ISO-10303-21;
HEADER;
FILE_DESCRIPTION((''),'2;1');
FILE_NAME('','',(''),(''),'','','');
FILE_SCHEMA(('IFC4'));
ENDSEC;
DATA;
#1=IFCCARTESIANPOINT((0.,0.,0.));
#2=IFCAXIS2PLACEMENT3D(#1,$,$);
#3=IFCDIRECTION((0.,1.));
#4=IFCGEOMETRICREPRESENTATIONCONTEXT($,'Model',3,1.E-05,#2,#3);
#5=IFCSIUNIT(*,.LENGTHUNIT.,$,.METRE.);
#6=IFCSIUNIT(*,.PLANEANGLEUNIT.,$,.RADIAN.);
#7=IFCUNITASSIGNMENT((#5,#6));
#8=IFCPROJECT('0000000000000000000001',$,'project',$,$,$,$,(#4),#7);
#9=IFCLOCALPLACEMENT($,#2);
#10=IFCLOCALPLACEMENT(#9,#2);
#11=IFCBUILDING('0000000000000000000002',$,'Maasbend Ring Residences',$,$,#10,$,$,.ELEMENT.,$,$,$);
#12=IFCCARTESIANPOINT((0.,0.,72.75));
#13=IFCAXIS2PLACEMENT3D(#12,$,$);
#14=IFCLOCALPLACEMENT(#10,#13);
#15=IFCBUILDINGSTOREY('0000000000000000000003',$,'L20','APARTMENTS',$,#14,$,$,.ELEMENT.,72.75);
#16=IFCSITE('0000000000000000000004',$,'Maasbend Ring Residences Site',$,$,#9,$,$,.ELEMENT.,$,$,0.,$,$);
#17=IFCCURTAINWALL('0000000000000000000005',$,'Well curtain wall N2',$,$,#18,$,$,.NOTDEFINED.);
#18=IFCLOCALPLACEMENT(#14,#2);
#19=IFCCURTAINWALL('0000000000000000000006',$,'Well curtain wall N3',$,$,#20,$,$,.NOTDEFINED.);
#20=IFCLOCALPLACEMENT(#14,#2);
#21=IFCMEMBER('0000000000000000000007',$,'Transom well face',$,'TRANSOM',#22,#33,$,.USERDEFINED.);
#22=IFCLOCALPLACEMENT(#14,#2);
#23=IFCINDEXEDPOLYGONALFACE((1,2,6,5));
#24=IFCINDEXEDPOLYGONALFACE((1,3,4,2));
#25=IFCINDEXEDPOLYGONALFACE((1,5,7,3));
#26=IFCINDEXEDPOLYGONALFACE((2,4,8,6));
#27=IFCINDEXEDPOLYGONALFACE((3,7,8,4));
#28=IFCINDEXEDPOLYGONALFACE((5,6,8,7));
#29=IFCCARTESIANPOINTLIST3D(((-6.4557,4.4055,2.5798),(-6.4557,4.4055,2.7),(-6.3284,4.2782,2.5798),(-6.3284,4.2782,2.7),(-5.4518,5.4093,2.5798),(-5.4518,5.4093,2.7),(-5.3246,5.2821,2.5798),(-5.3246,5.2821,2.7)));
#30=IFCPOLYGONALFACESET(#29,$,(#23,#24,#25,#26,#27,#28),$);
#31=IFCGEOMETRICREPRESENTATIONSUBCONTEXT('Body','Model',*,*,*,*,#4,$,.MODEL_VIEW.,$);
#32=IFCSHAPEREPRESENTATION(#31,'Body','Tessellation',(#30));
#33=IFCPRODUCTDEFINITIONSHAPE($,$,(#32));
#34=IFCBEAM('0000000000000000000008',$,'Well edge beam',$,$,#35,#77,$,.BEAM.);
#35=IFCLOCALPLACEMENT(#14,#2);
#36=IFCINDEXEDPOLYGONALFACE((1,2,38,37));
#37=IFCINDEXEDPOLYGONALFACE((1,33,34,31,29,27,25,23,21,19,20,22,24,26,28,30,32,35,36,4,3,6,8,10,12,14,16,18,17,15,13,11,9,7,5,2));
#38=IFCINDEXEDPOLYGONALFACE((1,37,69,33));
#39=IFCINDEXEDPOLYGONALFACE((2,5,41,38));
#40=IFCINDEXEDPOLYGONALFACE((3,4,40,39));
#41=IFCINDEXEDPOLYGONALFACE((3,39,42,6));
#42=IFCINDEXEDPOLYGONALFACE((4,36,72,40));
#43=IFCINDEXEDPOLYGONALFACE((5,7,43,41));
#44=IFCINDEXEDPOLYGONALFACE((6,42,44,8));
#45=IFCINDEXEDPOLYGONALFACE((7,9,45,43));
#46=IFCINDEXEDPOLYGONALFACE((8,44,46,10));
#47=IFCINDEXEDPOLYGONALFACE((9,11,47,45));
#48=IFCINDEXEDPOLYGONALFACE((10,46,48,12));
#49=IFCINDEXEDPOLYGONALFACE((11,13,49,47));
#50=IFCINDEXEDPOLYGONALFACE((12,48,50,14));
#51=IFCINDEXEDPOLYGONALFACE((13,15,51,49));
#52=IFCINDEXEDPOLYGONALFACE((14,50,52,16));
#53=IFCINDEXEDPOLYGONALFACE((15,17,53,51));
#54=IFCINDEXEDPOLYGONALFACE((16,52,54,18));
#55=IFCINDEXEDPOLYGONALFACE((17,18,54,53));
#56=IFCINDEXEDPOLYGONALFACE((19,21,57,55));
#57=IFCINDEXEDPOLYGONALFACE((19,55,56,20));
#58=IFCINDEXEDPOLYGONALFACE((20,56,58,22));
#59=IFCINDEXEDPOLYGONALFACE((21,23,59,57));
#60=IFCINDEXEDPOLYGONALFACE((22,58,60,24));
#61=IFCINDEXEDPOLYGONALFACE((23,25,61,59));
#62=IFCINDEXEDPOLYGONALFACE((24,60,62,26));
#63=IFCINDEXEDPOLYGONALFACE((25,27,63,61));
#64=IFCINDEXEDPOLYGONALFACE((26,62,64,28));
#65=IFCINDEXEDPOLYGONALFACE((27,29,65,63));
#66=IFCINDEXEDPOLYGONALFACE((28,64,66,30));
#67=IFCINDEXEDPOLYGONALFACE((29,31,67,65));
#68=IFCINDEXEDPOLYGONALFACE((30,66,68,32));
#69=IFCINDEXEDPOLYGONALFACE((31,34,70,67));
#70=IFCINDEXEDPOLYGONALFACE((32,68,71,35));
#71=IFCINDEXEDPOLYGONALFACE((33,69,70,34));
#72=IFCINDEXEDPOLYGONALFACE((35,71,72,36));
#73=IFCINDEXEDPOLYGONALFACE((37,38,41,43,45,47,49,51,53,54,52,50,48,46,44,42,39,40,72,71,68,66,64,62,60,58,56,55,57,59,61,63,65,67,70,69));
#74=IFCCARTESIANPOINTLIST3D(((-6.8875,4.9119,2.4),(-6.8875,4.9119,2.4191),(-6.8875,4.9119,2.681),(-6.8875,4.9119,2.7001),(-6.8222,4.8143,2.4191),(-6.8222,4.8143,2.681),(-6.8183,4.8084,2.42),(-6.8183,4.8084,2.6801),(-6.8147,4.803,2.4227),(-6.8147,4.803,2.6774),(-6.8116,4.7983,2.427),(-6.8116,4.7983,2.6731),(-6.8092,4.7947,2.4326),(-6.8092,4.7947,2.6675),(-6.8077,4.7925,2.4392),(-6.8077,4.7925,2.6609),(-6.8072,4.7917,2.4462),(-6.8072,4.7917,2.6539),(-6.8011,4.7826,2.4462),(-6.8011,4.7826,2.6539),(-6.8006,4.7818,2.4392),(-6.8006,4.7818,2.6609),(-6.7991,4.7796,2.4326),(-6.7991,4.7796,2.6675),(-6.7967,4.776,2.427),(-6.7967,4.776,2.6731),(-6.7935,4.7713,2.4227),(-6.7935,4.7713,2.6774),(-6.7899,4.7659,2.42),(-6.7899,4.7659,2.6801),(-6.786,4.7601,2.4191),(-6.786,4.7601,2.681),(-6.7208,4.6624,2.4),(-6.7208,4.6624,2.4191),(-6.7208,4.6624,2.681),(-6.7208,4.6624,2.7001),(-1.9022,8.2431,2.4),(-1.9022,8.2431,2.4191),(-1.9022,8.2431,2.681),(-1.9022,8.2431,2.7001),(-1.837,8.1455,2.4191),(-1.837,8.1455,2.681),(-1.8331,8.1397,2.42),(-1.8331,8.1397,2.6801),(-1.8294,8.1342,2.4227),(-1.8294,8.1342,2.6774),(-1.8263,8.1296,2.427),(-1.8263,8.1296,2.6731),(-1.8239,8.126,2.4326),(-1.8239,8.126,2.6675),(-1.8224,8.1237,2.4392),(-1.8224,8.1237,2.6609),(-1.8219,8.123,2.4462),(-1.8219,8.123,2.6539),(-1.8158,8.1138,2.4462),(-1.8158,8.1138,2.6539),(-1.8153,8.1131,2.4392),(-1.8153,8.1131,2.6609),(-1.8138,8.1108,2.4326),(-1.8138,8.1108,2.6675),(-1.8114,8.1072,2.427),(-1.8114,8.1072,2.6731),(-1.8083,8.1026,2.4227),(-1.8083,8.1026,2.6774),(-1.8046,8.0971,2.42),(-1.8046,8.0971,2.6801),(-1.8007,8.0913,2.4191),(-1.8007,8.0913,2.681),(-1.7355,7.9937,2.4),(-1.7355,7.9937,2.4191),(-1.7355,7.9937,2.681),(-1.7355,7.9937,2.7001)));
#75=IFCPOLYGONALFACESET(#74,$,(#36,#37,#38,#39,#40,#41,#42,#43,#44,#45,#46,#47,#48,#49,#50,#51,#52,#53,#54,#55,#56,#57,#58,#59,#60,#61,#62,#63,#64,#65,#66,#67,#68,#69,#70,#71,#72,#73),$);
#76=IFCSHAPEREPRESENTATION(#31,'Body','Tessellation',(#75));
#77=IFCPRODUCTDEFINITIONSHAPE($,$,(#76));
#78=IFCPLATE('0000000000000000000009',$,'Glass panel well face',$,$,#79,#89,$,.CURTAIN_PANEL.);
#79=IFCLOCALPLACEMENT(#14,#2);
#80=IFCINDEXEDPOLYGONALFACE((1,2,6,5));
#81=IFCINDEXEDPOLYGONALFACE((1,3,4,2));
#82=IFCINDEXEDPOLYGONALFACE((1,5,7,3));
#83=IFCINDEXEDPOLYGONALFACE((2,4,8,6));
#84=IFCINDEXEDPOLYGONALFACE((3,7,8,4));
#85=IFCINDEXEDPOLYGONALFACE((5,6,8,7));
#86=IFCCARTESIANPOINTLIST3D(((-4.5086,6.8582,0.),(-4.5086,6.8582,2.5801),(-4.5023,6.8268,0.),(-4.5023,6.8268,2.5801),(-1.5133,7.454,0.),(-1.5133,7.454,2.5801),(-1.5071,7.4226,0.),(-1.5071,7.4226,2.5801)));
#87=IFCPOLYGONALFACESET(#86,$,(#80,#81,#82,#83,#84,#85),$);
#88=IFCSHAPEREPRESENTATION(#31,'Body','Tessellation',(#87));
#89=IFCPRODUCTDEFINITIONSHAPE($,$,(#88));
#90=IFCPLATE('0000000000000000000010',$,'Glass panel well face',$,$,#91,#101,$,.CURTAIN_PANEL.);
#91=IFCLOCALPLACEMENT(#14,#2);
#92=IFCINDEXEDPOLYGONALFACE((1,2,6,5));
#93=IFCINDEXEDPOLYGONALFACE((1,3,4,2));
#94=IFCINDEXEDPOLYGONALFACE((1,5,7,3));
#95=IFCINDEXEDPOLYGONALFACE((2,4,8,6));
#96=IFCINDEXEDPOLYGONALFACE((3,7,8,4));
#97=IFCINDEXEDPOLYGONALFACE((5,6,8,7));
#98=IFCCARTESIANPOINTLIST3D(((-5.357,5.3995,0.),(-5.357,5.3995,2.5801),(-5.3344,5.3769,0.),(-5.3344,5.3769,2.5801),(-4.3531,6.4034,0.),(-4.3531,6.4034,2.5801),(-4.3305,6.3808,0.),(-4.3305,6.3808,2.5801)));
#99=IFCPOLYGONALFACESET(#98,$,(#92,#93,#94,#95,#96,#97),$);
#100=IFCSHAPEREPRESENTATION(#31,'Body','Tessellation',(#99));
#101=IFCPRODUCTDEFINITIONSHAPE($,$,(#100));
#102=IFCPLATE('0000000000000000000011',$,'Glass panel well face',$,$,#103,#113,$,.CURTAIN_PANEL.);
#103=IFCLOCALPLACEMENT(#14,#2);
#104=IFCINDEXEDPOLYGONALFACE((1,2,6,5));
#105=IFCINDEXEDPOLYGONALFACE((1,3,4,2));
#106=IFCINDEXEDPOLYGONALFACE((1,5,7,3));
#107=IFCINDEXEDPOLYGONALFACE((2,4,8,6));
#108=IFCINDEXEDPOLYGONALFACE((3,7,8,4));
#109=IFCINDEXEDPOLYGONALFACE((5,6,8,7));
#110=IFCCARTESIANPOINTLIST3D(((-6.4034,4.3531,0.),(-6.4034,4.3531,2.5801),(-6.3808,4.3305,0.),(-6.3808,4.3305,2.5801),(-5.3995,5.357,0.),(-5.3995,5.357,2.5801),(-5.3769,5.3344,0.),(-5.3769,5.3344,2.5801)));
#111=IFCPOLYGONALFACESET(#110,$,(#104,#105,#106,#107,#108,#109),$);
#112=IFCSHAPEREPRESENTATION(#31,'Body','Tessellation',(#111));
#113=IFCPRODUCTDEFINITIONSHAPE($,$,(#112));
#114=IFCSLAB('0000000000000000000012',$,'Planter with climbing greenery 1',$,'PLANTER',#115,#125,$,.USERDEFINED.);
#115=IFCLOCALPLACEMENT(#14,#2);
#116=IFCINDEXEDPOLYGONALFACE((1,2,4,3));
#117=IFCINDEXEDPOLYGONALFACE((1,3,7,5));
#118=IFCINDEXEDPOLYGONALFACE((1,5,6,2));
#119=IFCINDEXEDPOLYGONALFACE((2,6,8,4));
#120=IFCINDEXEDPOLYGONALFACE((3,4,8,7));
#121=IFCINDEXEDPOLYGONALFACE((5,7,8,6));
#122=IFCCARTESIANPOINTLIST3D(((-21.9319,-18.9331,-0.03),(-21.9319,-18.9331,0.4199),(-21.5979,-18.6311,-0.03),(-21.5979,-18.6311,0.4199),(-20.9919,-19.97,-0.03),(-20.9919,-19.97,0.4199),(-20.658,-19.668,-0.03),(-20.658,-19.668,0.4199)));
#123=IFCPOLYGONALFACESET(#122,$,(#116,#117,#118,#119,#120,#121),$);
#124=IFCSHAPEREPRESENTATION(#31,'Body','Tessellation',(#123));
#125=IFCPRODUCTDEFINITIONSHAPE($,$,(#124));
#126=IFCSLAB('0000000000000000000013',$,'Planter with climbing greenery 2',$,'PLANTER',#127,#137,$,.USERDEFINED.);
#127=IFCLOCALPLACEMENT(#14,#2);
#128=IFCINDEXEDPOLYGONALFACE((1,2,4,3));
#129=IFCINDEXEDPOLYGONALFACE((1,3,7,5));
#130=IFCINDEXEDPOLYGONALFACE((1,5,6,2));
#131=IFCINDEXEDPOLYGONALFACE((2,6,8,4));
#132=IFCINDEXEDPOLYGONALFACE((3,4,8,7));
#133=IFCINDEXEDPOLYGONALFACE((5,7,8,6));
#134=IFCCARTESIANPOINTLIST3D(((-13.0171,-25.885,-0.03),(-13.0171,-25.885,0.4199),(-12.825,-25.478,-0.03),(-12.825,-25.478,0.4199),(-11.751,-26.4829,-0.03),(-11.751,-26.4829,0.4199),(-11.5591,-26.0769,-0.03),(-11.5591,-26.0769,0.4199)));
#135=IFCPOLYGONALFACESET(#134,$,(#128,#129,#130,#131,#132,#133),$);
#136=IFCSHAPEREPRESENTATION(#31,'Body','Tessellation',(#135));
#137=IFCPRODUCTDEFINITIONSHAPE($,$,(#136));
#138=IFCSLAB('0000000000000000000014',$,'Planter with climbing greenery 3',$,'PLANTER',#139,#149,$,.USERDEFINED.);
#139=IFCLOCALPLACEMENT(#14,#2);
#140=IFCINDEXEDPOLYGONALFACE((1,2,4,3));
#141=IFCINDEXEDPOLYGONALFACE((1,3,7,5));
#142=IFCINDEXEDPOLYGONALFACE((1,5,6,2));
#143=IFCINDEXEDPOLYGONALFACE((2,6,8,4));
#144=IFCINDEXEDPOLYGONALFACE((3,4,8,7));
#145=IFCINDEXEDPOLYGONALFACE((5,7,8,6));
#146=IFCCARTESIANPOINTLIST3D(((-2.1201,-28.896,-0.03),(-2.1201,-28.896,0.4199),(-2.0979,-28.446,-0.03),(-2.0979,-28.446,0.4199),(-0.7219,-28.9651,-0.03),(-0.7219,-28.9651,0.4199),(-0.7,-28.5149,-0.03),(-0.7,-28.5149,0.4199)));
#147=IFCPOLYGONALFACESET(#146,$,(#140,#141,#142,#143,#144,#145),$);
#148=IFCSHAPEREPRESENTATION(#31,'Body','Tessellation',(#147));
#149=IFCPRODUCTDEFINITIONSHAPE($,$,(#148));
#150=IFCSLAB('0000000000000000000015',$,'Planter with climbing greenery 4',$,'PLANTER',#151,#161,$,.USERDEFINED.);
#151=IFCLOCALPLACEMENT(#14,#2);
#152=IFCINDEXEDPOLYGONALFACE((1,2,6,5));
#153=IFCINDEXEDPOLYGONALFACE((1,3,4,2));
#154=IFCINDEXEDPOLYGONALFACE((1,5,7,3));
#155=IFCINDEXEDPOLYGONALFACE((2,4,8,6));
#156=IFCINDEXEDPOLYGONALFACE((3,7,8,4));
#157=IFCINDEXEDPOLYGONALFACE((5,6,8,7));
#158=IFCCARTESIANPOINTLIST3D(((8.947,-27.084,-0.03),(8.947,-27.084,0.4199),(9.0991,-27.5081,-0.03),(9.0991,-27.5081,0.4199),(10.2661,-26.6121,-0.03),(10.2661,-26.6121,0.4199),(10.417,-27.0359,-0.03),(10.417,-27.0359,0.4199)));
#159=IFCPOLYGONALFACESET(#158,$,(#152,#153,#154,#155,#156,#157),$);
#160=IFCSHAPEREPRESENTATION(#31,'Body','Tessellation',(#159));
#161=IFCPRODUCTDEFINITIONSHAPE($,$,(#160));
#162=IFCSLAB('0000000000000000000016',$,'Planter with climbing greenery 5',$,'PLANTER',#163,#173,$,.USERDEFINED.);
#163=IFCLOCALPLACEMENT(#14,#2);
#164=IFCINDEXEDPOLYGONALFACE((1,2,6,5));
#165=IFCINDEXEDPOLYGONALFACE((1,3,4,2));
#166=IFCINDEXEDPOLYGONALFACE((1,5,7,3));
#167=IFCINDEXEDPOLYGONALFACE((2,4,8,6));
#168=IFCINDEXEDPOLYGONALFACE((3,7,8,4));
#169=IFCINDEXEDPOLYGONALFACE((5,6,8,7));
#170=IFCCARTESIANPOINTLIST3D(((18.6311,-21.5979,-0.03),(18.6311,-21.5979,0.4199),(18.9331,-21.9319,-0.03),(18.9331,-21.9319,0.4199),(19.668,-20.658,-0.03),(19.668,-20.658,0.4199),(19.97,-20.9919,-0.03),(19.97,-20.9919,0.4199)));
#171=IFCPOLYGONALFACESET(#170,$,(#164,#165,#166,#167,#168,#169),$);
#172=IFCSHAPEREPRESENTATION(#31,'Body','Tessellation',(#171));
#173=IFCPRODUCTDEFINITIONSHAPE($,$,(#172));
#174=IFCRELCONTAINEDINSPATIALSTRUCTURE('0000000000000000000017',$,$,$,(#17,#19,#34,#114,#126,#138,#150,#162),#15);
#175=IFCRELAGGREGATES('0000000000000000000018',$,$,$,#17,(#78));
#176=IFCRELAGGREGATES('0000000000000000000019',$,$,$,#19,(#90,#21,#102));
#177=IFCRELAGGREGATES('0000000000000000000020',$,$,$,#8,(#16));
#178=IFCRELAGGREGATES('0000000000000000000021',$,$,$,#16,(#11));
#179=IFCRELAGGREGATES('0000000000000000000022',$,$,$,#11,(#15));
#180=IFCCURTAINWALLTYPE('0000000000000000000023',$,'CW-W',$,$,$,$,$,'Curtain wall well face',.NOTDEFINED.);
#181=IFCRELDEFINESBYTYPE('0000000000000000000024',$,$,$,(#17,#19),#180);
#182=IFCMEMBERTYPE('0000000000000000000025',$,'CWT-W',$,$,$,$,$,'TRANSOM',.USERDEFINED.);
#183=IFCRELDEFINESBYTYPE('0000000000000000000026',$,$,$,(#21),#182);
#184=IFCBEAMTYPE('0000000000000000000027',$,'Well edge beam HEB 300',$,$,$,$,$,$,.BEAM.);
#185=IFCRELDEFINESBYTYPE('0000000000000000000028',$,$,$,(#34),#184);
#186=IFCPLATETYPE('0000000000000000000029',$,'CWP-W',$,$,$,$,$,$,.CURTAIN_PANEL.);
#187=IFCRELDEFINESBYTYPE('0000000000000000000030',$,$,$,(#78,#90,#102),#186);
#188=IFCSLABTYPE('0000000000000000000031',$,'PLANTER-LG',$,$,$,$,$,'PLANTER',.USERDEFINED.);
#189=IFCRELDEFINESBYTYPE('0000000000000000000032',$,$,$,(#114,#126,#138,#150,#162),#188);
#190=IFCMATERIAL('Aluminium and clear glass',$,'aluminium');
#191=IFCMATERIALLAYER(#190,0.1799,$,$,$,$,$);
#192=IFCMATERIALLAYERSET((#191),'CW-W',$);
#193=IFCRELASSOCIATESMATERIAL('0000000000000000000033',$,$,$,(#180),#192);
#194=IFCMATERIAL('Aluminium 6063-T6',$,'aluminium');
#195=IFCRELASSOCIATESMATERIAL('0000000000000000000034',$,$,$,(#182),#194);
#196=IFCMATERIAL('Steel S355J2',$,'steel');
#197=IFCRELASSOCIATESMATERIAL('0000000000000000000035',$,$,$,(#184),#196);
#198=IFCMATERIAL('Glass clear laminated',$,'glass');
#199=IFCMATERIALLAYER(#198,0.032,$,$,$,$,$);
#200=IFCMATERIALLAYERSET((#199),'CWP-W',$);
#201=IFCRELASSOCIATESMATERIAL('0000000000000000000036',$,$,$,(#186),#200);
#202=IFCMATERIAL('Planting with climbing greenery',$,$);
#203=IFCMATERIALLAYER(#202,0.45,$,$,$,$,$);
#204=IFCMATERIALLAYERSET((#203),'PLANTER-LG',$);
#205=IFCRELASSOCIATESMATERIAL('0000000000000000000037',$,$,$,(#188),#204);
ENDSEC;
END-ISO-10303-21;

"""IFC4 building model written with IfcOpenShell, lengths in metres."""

from ifc_helpers import new_model, si_unit, direction, frame, origin, origin_2d, place, context, subcontext, project, spatial, polyline, rectangle, i_section, outline, extrude, material, layer, layer_set, material_profile, profile_set, type_object, element, aggregate, save


model = new_model("IFC4")

# Units and contexts
model_context = context("Model", 3, precision=1e-05, world=origin(), true_north=direction((0.0, 1.0)))
body_context = subcontext(model_context, "Body", "Model", "MODEL_VIEW")
ifc_project = project(units=[si_unit("LENGTHUNIT", "METRE"), si_unit("PLANEANGLEUNIT", "RADIAN")], contexts=[model_context])

# Site, building, storey
site_placement = place(None, origin())
site = spatial("IfcSite", under=ifc_project, at=site_placement, Name="Maasbend Ring Residences Site", CompositionType="ELEMENT", RefElevation=0.0)
building_placement = place(site_placement, origin())
building = spatial("IfcBuilding", under=site, at=building_placement, Name="Maasbend Ring Residences", CompositionType="ELEMENT")
storey_placement = place(building_placement, frame((0.0, 0.0, 72.75)))
storey = spatial("IfcBuildingStorey", under=building, at=storey_placement, Name="L20", Description="APARTMENTS", CompositionType="ELEMENT", Elevation=72.75)

# Curtain walls
ifc_material_1 = material(Name="Aluminium and clear glass", Category="aluminium")
ifc_layer_1 = layer(ifc_material_1, 0.1799)
ifc_layer_set_1 = layer_set([ifc_layer_1], Name="CW-W")
curtain_wall_type = type_object("IfcCurtainWallType", Name="CW-W", ElementType="Curtain wall well face", PredefinedType="NOTDEFINED", material=ifc_layer_set_1)
curtain_wall_1_placement = place(storey_placement, origin())
curtain_wall_1 = element("IfcCurtainWall", 1, at=curtain_wall_1_placement, inside=storey, type_object=curtain_wall_type, Name="Well curtain wall N2", PredefinedType="NOTDEFINED")
curtain_wall_2_placement = place(storey_placement, origin())
curtain_wall_2 = element("IfcCurtainWall", 2, at=curtain_wall_2_placement, inside=storey, type_object=curtain_wall_type, Name="Well curtain wall N3", PredefinedType="NOTDEFINED")

# Member
ifc_material_2 = material(Name="Aluminium 6063-T6", Category="aluminium")
ifc_material_profile_1 = material_profile(ifc_material_2, rectangle(XDim=0.1799, YDim=0.1201, at=origin_2d()), Name="AL 180x120")
ifc_profile_set_1 = profile_set([ifc_material_profile_1], Name="Aluminium 6063-T6")
member_type_1 = type_object("IfcMemberType", Name="CWT-W", ElementType="TRANSOM", PredefinedType="USERDEFINED", material=ifc_profile_set_1)
member_1_placement = place(storey_placement, frame((-5.3882, 5.3457, 2.6399), z_axis=(-0.707107, -0.707107, 0.0), x_axis=(0.707107, -0.707107, 0.0)))
member_1 = element("IfcMember", 3, at=member_1_placement, type_object=member_type_1, Name="Transom well face", ObjectType="TRANSOM", PredefinedType="USERDEFINED", context=body_context, shape_type="SweptSolid", body=[
    extrude(rectangle(XDim=0.1799, YDim=0.1201, at=origin_2d()), origin(), (0.0, 0.0, 1.0), 1.4197),
])

# Beam
ifc_material_3 = material(Name="Steel S355J2", Category="steel")
ifc_material_profile_2 = material_profile(ifc_material_3, i_section(OverallWidth=0.3, OverallDepth=0.3, WebThickness=0.011, FlangeThickness=0.019, FilletRadius=0.0271, at=origin_2d()), Name="HEB 300")
ifc_profile_set_2 = profile_set([ifc_material_profile_2], Name="Steel S355J2")
beam_type = type_object("IfcBeamType", Name="Well edge beam HEB 300", PredefinedType="BEAM", material=ifc_profile_set_2)
beam_placement = place(storey_placement, frame((-1.8188, 8.1184, 2.55), z_axis=(-0.831455, -0.555593, 0.0), x_axis=(0.555593, -0.831455, 0.0)))
element("IfcBeam", 4, at=beam_placement, inside=storey, type_object=beam_type, Name="Well edge beam", PredefinedType="BEAM", context=body_context, shape_type="SweptSolid", body=[
    extrude(i_section(OverallWidth=0.3, OverallDepth=0.3, WebThickness=0.011, FlangeThickness=0.019, FilletRadius=0.0271, at=origin_2d()), origin(), (0.0, 0.0, 1.0), 5.9958),
])

# Plates
ifc_material_4 = material(Name="Glass clear laminated", Category="glass")
ifc_layer_2 = layer(ifc_material_4, 0.032)
ifc_layer_set_2 = layer_set([ifc_layer_2], Name="CWP-W")
plate_type = type_object("IfcPlateType", Name="CWP-W", PredefinedType="CURTAIN_PANEL", material=ifc_layer_set_2)
plate_1_placement = place(storey_placement, frame((-3.0078, 7.1404, 0.0), z_axis=(0.0, 0.0, 1.0), x_axis=(-0.980785, -0.19509, 0.0)))
plate_1 = element("IfcPlate", 5, at=plate_1_placement, type_object=plate_type, Name="Glass panel well face", PredefinedType="CURTAIN_PANEL", context=body_context, shape_type="SweptSolid", body=[
    extrude(rectangle(XDim=3.054, YDim=0.032, at=origin_2d()), origin(), (0.0, 0.0, 1.0), 2.5801),
])
aggregate(curtain_wall_1, [plate_1])
plate_2_placement = place(storey_placement, frame((-4.8438, 5.8901, 0.0), z_axis=(0.0, 0.0, 1.0), x_axis=(-0.707107, -0.707107, 0.0)))
plate_2 = element("IfcPlate", 6, at=plate_2_placement, type_object=plate_type, Name="Glass panel well face", PredefinedType="CURTAIN_PANEL", context=body_context, shape_type="SweptSolid", body=[
    extrude(rectangle(XDim=1.4197, YDim=0.032, at=origin_2d()), origin(), (0.0, 0.0, 1.0), 2.5801),
])
plate_3_placement = place(storey_placement, frame((-5.8901, 4.8438, 0.0), z_axis=(0.0, 0.0, 1.0), x_axis=(-0.707107, -0.707107, 0.0)))
plate_3 = element("IfcPlate", 7, at=plate_3_placement, type_object=plate_type, Name="Glass panel well face", PredefinedType="CURTAIN_PANEL", context=body_context, shape_type="SweptSolid", body=[
    extrude(rectangle(XDim=1.4197, YDim=0.032, at=origin_2d()), origin(), (0.0, 0.0, 1.0), 2.5801),
])
aggregate(curtain_wall_2, [plate_2, member_1, plate_3])

# Slabs
ifc_material_5 = material(Name="Planting with climbing greenery")
ifc_layer_3 = layer(ifc_material_5, 0.45)
ifc_layer_set_3 = layer_set([ifc_layer_3], Name="PLANTER-LG")
slab_type_1 = type_object("IfcSlabType", Name="PLANTER-LG", ElementType="PLANTER", PredefinedType="USERDEFINED", material=ifc_layer_set_3)
slab_1_placement = place(storey_placement, frame((0.0, 0.0, -0.03)))
element("IfcSlab", 8, at=slab_1_placement, inside=storey, type_object=slab_type_1, Name="Planter with climbing greenery 1", ObjectType="PLANTER", PredefinedType="USERDEFINED", context=body_context, shape_type="SweptSolid", body=[
    extrude(outline(polyline([(-21.9319, -18.9331), (-20.9919, -19.97), (-20.658, -19.668), (-21.5979, -18.6311), (-21.9319, -18.9331)])), origin(), (0.0, 0.0, 1.0), 0.45),
])
slab_2_placement = place(storey_placement, frame((0.0, 0.0, -0.03)))
element("IfcSlab", 9, at=slab_2_placement, inside=storey, type_object=slab_type_1, Name="Planter with climbing greenery 2", ObjectType="PLANTER", PredefinedType="USERDEFINED", context=body_context, shape_type="SweptSolid", body=[
    extrude(outline(polyline([(-13.0171, -25.885), (-11.751, -26.4829), (-11.5591, -26.0769), (-12.825, -25.478), (-13.0171, -25.885)])), origin(), (0.0, 0.0, 1.0), 0.45),
])
slab_3_placement = place(storey_placement, frame((0.0, 0.0, -0.03)))
element("IfcSlab", 10, at=slab_3_placement, inside=storey, type_object=slab_type_1, Name="Planter with climbing greenery 3", ObjectType="PLANTER", PredefinedType="USERDEFINED", context=body_context, shape_type="SweptSolid", body=[
    extrude(outline(polyline([(-2.1201, -28.896), (-0.7219, -28.9651), (-0.7, -28.5149), (-2.0979, -28.446), (-2.1201, -28.896)])), origin(), (0.0, 0.0, 1.0), 0.45),
])
slab_4_placement = place(storey_placement, frame((0.0, 0.0, -0.03)))
element("IfcSlab", 11, at=slab_4_placement, inside=storey, type_object=slab_type_1, Name="Planter with climbing greenery 4", ObjectType="PLANTER", PredefinedType="USERDEFINED", context=body_context, shape_type="SweptSolid", body=[
    extrude(outline(polyline([(9.0991, -27.5081), (10.417, -27.0359), (10.2661, -26.6121), (8.947, -27.084), (9.0991, -27.5081)])), origin(), (0.0, 0.0, 1.0), 0.45),
])
slab_5_placement = place(storey_placement, frame((0.0, 0.0, -0.03)))
element("IfcSlab", 12, at=slab_5_placement, inside=storey, type_object=slab_type_1, Name="Planter with climbing greenery 5", ObjectType="PLANTER", PredefinedType="USERDEFINED", context=body_context, shape_type="SweptSolid", body=[
    extrude(outline(polyline([(18.9331, -21.9319), (19.97, -20.9919), (19.668, -20.658), (18.6311, -21.5979), (18.9331, -21.9319)])), origin(), (0.0, 0.0, 1.0), 0.45),
])

save(model, "model.ifc")
